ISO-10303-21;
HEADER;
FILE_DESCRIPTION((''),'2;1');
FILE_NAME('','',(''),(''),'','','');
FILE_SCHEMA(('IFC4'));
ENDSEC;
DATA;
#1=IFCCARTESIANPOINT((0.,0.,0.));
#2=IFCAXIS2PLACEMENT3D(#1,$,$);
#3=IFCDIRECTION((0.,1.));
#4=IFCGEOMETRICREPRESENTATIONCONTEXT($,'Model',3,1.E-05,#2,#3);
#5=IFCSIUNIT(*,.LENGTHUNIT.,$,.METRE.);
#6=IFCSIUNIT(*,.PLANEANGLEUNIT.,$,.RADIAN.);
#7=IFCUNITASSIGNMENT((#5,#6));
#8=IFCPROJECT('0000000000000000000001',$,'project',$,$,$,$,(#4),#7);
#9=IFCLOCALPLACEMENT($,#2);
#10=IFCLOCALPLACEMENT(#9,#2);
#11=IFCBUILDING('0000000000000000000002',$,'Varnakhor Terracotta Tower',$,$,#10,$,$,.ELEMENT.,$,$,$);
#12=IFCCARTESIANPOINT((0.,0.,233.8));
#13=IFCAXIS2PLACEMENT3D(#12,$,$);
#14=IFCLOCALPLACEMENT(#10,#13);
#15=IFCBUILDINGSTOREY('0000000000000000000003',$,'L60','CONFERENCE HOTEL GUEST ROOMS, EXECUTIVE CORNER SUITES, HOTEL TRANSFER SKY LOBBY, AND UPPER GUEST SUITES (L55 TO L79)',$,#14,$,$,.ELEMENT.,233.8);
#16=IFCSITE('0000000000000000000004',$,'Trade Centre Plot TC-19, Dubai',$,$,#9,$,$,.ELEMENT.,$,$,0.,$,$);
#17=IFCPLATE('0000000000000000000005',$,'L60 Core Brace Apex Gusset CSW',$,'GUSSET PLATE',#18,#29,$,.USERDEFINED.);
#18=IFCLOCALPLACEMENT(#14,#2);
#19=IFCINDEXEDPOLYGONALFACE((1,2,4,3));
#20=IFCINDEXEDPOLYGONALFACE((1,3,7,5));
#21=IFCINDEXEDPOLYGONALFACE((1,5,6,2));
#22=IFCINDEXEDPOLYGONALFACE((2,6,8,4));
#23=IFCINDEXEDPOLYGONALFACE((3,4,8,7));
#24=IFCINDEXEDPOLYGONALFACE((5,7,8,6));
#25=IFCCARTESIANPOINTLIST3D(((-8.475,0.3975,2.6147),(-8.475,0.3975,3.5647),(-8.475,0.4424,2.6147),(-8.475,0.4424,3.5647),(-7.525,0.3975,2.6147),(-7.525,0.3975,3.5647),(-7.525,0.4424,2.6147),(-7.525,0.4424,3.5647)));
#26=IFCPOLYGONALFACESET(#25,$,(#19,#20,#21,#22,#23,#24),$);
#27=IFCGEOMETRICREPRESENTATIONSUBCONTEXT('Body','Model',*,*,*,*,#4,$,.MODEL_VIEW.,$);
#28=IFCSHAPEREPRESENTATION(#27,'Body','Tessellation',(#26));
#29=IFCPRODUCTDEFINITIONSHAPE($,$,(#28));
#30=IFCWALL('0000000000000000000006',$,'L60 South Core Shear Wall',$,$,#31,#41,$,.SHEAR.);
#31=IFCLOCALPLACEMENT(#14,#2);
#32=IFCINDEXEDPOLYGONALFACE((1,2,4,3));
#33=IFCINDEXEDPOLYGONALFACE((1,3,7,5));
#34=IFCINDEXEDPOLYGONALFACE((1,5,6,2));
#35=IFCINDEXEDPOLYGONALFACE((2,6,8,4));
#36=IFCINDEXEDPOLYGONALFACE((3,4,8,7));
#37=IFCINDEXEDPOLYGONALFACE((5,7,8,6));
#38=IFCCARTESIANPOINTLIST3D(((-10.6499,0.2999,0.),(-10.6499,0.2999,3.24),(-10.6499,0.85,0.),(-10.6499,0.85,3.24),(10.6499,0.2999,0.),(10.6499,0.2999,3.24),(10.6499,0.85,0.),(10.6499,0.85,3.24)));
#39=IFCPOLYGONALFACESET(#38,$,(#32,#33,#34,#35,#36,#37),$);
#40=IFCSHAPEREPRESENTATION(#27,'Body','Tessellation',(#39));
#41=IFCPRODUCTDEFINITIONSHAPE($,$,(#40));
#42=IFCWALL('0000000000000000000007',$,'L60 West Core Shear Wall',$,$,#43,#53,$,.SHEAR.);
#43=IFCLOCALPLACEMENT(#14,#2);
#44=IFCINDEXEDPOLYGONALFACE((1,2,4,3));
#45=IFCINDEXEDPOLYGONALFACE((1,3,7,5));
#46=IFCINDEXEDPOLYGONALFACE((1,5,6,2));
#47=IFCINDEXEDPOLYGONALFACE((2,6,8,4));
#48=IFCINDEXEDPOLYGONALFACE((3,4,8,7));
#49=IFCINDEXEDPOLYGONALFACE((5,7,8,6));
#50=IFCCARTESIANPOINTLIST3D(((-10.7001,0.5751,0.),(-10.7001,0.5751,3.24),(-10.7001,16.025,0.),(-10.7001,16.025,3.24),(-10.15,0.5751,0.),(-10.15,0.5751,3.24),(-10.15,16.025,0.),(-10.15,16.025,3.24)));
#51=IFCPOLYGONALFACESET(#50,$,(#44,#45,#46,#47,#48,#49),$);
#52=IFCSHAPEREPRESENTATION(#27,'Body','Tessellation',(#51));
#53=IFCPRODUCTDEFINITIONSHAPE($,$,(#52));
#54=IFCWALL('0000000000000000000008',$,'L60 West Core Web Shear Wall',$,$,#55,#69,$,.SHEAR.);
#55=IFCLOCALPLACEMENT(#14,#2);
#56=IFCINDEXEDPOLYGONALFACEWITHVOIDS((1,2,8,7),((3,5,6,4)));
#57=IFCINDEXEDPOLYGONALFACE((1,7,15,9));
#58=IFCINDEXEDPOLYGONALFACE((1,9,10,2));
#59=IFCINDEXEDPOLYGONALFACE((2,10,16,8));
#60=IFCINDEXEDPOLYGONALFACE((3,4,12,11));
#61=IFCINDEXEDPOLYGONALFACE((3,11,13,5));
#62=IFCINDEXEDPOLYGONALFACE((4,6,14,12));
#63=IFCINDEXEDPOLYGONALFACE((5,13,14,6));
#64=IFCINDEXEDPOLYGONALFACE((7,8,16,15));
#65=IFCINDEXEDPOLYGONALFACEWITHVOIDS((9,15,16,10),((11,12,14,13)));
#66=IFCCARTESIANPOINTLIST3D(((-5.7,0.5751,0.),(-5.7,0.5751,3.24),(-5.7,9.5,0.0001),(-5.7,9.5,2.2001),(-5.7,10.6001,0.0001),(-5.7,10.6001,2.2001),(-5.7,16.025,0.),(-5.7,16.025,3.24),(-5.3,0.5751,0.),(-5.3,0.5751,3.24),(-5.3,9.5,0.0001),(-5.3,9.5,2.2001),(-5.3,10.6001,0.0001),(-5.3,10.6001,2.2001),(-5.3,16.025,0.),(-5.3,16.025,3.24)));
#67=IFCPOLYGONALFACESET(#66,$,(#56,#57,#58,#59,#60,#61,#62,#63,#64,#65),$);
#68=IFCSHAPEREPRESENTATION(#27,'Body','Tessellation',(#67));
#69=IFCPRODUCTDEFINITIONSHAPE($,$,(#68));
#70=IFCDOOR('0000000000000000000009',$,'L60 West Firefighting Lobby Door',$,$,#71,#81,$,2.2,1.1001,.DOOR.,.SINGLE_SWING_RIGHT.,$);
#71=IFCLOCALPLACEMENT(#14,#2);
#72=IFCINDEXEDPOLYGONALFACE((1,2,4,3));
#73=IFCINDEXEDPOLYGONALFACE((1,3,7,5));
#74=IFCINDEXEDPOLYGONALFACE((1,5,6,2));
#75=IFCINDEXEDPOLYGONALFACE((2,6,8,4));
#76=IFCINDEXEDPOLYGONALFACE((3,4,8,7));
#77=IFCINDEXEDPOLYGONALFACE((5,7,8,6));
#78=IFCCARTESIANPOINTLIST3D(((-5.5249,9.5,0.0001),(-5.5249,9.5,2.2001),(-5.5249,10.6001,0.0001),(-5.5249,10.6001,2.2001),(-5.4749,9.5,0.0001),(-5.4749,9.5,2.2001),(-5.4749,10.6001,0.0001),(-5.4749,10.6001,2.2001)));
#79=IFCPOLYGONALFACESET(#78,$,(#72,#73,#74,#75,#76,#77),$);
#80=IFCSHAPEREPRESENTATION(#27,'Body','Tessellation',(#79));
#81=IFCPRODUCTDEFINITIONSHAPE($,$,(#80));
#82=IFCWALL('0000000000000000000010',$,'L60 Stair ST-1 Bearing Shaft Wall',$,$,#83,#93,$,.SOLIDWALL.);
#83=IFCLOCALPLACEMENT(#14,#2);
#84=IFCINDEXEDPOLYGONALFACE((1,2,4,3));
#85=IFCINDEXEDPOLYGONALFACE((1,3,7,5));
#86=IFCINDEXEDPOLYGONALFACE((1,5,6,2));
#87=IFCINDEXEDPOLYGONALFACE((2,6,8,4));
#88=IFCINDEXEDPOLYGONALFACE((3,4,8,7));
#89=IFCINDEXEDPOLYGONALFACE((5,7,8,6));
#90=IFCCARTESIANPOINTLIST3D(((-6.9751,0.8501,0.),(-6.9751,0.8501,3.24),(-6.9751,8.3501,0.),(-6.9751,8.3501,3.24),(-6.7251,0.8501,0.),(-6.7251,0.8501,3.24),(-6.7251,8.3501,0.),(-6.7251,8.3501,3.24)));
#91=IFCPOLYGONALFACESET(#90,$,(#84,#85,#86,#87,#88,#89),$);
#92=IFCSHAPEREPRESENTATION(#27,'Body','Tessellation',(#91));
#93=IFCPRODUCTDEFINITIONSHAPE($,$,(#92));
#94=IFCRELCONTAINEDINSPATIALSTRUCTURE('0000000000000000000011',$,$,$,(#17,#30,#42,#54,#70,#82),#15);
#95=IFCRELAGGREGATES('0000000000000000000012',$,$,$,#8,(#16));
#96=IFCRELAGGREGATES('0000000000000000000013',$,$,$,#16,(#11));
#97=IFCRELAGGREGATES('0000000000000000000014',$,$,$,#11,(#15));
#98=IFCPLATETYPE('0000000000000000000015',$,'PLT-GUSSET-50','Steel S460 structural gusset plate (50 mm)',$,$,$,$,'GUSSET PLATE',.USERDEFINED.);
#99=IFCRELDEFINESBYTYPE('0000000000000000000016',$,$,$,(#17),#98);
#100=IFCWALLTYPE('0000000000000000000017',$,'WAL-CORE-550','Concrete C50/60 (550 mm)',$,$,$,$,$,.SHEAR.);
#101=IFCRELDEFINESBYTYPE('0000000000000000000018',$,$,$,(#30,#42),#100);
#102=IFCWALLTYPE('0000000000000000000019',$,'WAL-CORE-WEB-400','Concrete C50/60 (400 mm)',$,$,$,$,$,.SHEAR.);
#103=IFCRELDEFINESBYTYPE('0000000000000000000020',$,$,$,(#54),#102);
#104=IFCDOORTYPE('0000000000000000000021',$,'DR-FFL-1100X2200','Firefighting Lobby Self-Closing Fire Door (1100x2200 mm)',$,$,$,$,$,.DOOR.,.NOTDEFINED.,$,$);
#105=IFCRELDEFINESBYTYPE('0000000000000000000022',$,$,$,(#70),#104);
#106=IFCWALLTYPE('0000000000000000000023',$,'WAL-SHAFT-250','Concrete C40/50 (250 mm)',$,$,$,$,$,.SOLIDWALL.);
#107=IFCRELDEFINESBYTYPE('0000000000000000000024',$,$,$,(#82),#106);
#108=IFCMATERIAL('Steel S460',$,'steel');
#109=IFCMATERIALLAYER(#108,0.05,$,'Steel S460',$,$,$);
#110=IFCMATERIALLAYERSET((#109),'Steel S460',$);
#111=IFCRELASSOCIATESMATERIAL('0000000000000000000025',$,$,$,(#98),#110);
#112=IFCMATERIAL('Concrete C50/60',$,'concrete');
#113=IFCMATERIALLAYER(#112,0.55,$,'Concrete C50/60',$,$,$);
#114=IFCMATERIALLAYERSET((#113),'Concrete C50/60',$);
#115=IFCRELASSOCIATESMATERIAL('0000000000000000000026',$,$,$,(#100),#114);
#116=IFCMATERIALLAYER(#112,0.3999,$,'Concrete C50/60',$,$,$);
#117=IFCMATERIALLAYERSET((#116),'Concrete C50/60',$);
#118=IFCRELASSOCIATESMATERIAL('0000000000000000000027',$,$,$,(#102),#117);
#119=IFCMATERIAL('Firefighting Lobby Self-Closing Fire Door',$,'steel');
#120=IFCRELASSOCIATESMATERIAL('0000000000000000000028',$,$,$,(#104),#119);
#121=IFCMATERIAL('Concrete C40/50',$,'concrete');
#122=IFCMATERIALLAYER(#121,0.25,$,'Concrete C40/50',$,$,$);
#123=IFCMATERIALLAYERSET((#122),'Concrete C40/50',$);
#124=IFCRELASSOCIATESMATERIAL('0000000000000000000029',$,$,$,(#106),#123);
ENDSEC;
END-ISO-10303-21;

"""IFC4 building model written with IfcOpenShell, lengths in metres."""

from ifc_helpers import new_model, si_unit, direction, frame, frame_2d, origin, origin_2d, place, context, subcontext, project, spatial, rectangle, extrude, source, transform, mapped, material, layer, layer_set, type_object, type_shapes, element, fill, save


model = new_model("IFC4")

# Units and contexts
model_context = context("Model", 3, precision=1e-05, world=origin(), true_north=direction((0.0, 1.0)))
body_context = subcontext(model_context, "Body", "Model", "MODEL_VIEW")
ifc_project = project(units=[si_unit("LENGTHUNIT", "METRE"), si_unit("PLANEANGLEUNIT", "RADIAN")], contexts=[model_context])

# Site, building, storey
site_placement = place(None, origin())
site = spatial("IfcSite", under=ifc_project, at=site_placement, Name="Trade Centre Plot TC-19, Dubai", CompositionType="ELEMENT", RefElevation=0.0)
building_placement = place(site_placement, origin())
building = spatial("IfcBuilding", under=site, at=building_placement, Name="Varnakhor Terracotta Tower", CompositionType="ELEMENT")
storey_placement = place(building_placement, frame((0.0, 0.0, 233.8)))
storey = spatial("IfcBuildingStorey", under=building, at=storey_placement, Name="L60", Description="CONFERENCE HOTEL GUEST ROOMS, EXECUTIVE CORNER SUITES, HOTEL TRANSFER SKY LOBBY, AND UPPER GUEST SUITES (L55 TO L79)", CompositionType="ELEMENT", Elevation=233.8)

# Shared definitions
ifc_material_1 = material(Name="Concrete C50/60", Category="concrete")

# Plate
ifc_material_2 = material(Name="Steel S460", Category="steel")
ifc_layer_1 = layer(ifc_material_2, 0.05, Name="Steel S460")
ifc_layer_set_1 = layer_set([ifc_layer_1], Name="Steel S460")
plate_type = type_object("IfcPlateType", Name="PLT-GUSSET-50", Description="Steel S460 structural gusset plate (50 mm)", ElementType="GUSSET PLATE", PredefinedType="USERDEFINED", material=ifc_layer_set_1)
shared_shape_1 = source(origin(), body_context, "Body", "SweptSolid", [
    extrude(rectangle(XDim=0.95, YDim=0.0449, at=origin_2d()), origin(), (0.0, 0.0, 1.0), 0.95),
])
plate_placement = place(storey_placement, frame((-8.0, 0.4199, 2.6147), z_axis=(0.0, 0.0, 1.0), x_axis=(1.0, 0.0, 0.0)))
element("IfcPlate", 1, at=plate_placement, inside=storey, type_object=plate_type, Name="L60 Core Brace Apex Gusset CSW", ObjectType="GUSSET PLATE", PredefinedType="USERDEFINED", context=body_context, shape_type="MappedRepresentation", body=[
    mapped(shared_shape_1, transform((0.0, 0.0, 0.0), scale=1.0)),
])

# Walls
ifc_layer_2 = layer(ifc_material_1, 0.55, Name="Concrete C50/60")
ifc_layer_set_2 = layer_set([ifc_layer_2], Name="Concrete C50/60")
wall_type_1 = type_object("IfcWallType", Name="WAL-CORE-550", Description="Concrete C50/60 (550 mm)", PredefinedType="SHEAR", material=ifc_layer_set_2)
wall_1_placement = place(storey_placement, frame((-10.6499, 0.575, 0.0), z_axis=(0.0, 0.0, 1.0), x_axis=(1.0, 0.0, 0.0)))
element("IfcWall", 2, at=wall_1_placement, inside=storey, type_object=wall_type_1, Name="L60 South Core Shear Wall", PredefinedType="SHEAR", context=body_context, shape_type="SweptSolid", body=[
    extrude(rectangle(XDim=21.2998, YDim=0.55, at=frame_2d((10.6499, 0.0))), origin(), (0.0, 0.0, 1.0), 3.24),
])
wall_2_placement = place(storey_placement, frame((-10.425, 0.575, 0.0), z_axis=(0.0, 0.0, 1.0), x_axis=(0.0, 1.0, 0.0)))
element("IfcWall", 3, at=wall_2_placement, inside=storey, type_object=wall_type_1, Name="L60 West Core Shear Wall", PredefinedType="SHEAR", context=body_context, shape_type="SweptSolid", body=[
    extrude(rectangle(XDim=15.45, YDim=0.55, at=frame_2d((7.7251, 0.0))), origin(), (0.0, 0.0, 1.0), 3.24),
])

# Wall, opening, door
ifc_layer_3 = layer(ifc_material_1, 0.3999, Name="Concrete C50/60")
ifc_layer_set_3 = layer_set([ifc_layer_3], Name="Concrete C50/60")
wall_type_2 = type_object("IfcWallType", Name="WAL-CORE-WEB-400", Description="Concrete C50/60 (400 mm)", PredefinedType="SHEAR", material=ifc_layer_set_3)
wall_3_placement = place(storey_placement, frame((-5.5, 0.575, 0.0), z_axis=(0.0, 0.0, 1.0), x_axis=(0.0, 1.0, 0.0)))
wall_3 = element("IfcWall", 4, at=wall_3_placement, inside=storey, type_object=wall_type_2, Name="L60 West Core Web Shear Wall", PredefinedType="SHEAR", context=body_context, shape_type="SweptSolid", body=[
    extrude(rectangle(XDim=15.45, YDim=0.3999, at=frame_2d((7.7251, 0.0))), origin(), (0.0, 0.0, 1.0), 3.24),
])
opening_placement = place(wall_3_placement, frame((8.925, 0.0, 0.0)))
opening = element("IfcOpeningElement", 5, at=opening_placement, cuts=wall_3, PredefinedType="OPENING", context=body_context, shape_type="SweptSolid", body=[
    extrude(rectangle(XDim=1.1001, YDim=2.2, at=frame_2d((0.55, 1.1001))), frame((0.0, 0.21, 0.0), z_axis=(0.0, -1.0, 0.0), x_axis=(1.0, 0.0, 0.0)), (0.0, 0.0, 1.0), 0.4199),
])
ifc_material_3 = material(Name="Firefighting Lobby Self-Closing Fire Door", Category="steel")
door_type = type_object("IfcDoorType", Name="DR-FFL-1100X2200", Description="Firefighting Lobby Self-Closing Fire Door (1100x2200 mm)", OperationType="NOTDEFINED", PredefinedType="DOOR", material=ifc_material_3)
shared_shape_2 = source(origin(), body_context, "Body", "SweptSolid", [
    extrude(rectangle(XDim=1.1001, YDim=2.2, at=frame_2d((0.55, 1.1001))), frame((0.0, 0.0249, 0.0), z_axis=(0.0, -1.0, 0.0), x_axis=(1.0, 0.0, 0.0)), (0.0, 0.0, 1.0), 0.05),
])
type_shapes(door_type, [shared_shape_2])
door_placement = place(opening_placement, origin())
door = element("IfcDoor", 6, at=door_placement, inside=storey, type_object=door_type, Name="L60 West Firefighting Lobby Door", OperationType="SINGLE_SWING_RIGHT", OverallHeight=2.2, OverallWidth=1.1001, PredefinedType="DOOR", context=body_context, shape_type="MappedRepresentation", body=[
    mapped(shared_shape_2, transform((0.0, 0.0, 0.0), scale=1.0)),
])
fill(opening, door)

# Wall
ifc_material_4 = material(Name="Concrete C40/50", Category="concrete")
ifc_layer_4 = layer(ifc_material_4, 0.25, Name="Concrete C40/50")
ifc_layer_set_4 = layer_set([ifc_layer_4], Name="Concrete C40/50")
wall_type_3 = type_object("IfcWallType", Name="WAL-SHAFT-250", Description="Concrete C40/50 (250 mm)", PredefinedType="SOLIDWALL", material=ifc_layer_set_4)
wall_4_placement = place(storey_placement, frame((-6.8501, 0.8501, 0.0), z_axis=(0.0, 0.0, 1.0), x_axis=(0.0, 1.0, 0.0)))
element("IfcWall", 7, at=wall_4_placement, inside=storey, type_object=wall_type_3, Name="L60 Stair ST-1 Bearing Shaft Wall", PredefinedType="SOLIDWALL", context=body_context, shape_type="SweptSolid", body=[
    extrude(rectangle(XDim=7.5, YDim=0.25, at=frame_2d((3.75, 0.0))), origin(), (0.0, 0.0, 1.0), 3.24),
])

save(model, "model.ifc")
